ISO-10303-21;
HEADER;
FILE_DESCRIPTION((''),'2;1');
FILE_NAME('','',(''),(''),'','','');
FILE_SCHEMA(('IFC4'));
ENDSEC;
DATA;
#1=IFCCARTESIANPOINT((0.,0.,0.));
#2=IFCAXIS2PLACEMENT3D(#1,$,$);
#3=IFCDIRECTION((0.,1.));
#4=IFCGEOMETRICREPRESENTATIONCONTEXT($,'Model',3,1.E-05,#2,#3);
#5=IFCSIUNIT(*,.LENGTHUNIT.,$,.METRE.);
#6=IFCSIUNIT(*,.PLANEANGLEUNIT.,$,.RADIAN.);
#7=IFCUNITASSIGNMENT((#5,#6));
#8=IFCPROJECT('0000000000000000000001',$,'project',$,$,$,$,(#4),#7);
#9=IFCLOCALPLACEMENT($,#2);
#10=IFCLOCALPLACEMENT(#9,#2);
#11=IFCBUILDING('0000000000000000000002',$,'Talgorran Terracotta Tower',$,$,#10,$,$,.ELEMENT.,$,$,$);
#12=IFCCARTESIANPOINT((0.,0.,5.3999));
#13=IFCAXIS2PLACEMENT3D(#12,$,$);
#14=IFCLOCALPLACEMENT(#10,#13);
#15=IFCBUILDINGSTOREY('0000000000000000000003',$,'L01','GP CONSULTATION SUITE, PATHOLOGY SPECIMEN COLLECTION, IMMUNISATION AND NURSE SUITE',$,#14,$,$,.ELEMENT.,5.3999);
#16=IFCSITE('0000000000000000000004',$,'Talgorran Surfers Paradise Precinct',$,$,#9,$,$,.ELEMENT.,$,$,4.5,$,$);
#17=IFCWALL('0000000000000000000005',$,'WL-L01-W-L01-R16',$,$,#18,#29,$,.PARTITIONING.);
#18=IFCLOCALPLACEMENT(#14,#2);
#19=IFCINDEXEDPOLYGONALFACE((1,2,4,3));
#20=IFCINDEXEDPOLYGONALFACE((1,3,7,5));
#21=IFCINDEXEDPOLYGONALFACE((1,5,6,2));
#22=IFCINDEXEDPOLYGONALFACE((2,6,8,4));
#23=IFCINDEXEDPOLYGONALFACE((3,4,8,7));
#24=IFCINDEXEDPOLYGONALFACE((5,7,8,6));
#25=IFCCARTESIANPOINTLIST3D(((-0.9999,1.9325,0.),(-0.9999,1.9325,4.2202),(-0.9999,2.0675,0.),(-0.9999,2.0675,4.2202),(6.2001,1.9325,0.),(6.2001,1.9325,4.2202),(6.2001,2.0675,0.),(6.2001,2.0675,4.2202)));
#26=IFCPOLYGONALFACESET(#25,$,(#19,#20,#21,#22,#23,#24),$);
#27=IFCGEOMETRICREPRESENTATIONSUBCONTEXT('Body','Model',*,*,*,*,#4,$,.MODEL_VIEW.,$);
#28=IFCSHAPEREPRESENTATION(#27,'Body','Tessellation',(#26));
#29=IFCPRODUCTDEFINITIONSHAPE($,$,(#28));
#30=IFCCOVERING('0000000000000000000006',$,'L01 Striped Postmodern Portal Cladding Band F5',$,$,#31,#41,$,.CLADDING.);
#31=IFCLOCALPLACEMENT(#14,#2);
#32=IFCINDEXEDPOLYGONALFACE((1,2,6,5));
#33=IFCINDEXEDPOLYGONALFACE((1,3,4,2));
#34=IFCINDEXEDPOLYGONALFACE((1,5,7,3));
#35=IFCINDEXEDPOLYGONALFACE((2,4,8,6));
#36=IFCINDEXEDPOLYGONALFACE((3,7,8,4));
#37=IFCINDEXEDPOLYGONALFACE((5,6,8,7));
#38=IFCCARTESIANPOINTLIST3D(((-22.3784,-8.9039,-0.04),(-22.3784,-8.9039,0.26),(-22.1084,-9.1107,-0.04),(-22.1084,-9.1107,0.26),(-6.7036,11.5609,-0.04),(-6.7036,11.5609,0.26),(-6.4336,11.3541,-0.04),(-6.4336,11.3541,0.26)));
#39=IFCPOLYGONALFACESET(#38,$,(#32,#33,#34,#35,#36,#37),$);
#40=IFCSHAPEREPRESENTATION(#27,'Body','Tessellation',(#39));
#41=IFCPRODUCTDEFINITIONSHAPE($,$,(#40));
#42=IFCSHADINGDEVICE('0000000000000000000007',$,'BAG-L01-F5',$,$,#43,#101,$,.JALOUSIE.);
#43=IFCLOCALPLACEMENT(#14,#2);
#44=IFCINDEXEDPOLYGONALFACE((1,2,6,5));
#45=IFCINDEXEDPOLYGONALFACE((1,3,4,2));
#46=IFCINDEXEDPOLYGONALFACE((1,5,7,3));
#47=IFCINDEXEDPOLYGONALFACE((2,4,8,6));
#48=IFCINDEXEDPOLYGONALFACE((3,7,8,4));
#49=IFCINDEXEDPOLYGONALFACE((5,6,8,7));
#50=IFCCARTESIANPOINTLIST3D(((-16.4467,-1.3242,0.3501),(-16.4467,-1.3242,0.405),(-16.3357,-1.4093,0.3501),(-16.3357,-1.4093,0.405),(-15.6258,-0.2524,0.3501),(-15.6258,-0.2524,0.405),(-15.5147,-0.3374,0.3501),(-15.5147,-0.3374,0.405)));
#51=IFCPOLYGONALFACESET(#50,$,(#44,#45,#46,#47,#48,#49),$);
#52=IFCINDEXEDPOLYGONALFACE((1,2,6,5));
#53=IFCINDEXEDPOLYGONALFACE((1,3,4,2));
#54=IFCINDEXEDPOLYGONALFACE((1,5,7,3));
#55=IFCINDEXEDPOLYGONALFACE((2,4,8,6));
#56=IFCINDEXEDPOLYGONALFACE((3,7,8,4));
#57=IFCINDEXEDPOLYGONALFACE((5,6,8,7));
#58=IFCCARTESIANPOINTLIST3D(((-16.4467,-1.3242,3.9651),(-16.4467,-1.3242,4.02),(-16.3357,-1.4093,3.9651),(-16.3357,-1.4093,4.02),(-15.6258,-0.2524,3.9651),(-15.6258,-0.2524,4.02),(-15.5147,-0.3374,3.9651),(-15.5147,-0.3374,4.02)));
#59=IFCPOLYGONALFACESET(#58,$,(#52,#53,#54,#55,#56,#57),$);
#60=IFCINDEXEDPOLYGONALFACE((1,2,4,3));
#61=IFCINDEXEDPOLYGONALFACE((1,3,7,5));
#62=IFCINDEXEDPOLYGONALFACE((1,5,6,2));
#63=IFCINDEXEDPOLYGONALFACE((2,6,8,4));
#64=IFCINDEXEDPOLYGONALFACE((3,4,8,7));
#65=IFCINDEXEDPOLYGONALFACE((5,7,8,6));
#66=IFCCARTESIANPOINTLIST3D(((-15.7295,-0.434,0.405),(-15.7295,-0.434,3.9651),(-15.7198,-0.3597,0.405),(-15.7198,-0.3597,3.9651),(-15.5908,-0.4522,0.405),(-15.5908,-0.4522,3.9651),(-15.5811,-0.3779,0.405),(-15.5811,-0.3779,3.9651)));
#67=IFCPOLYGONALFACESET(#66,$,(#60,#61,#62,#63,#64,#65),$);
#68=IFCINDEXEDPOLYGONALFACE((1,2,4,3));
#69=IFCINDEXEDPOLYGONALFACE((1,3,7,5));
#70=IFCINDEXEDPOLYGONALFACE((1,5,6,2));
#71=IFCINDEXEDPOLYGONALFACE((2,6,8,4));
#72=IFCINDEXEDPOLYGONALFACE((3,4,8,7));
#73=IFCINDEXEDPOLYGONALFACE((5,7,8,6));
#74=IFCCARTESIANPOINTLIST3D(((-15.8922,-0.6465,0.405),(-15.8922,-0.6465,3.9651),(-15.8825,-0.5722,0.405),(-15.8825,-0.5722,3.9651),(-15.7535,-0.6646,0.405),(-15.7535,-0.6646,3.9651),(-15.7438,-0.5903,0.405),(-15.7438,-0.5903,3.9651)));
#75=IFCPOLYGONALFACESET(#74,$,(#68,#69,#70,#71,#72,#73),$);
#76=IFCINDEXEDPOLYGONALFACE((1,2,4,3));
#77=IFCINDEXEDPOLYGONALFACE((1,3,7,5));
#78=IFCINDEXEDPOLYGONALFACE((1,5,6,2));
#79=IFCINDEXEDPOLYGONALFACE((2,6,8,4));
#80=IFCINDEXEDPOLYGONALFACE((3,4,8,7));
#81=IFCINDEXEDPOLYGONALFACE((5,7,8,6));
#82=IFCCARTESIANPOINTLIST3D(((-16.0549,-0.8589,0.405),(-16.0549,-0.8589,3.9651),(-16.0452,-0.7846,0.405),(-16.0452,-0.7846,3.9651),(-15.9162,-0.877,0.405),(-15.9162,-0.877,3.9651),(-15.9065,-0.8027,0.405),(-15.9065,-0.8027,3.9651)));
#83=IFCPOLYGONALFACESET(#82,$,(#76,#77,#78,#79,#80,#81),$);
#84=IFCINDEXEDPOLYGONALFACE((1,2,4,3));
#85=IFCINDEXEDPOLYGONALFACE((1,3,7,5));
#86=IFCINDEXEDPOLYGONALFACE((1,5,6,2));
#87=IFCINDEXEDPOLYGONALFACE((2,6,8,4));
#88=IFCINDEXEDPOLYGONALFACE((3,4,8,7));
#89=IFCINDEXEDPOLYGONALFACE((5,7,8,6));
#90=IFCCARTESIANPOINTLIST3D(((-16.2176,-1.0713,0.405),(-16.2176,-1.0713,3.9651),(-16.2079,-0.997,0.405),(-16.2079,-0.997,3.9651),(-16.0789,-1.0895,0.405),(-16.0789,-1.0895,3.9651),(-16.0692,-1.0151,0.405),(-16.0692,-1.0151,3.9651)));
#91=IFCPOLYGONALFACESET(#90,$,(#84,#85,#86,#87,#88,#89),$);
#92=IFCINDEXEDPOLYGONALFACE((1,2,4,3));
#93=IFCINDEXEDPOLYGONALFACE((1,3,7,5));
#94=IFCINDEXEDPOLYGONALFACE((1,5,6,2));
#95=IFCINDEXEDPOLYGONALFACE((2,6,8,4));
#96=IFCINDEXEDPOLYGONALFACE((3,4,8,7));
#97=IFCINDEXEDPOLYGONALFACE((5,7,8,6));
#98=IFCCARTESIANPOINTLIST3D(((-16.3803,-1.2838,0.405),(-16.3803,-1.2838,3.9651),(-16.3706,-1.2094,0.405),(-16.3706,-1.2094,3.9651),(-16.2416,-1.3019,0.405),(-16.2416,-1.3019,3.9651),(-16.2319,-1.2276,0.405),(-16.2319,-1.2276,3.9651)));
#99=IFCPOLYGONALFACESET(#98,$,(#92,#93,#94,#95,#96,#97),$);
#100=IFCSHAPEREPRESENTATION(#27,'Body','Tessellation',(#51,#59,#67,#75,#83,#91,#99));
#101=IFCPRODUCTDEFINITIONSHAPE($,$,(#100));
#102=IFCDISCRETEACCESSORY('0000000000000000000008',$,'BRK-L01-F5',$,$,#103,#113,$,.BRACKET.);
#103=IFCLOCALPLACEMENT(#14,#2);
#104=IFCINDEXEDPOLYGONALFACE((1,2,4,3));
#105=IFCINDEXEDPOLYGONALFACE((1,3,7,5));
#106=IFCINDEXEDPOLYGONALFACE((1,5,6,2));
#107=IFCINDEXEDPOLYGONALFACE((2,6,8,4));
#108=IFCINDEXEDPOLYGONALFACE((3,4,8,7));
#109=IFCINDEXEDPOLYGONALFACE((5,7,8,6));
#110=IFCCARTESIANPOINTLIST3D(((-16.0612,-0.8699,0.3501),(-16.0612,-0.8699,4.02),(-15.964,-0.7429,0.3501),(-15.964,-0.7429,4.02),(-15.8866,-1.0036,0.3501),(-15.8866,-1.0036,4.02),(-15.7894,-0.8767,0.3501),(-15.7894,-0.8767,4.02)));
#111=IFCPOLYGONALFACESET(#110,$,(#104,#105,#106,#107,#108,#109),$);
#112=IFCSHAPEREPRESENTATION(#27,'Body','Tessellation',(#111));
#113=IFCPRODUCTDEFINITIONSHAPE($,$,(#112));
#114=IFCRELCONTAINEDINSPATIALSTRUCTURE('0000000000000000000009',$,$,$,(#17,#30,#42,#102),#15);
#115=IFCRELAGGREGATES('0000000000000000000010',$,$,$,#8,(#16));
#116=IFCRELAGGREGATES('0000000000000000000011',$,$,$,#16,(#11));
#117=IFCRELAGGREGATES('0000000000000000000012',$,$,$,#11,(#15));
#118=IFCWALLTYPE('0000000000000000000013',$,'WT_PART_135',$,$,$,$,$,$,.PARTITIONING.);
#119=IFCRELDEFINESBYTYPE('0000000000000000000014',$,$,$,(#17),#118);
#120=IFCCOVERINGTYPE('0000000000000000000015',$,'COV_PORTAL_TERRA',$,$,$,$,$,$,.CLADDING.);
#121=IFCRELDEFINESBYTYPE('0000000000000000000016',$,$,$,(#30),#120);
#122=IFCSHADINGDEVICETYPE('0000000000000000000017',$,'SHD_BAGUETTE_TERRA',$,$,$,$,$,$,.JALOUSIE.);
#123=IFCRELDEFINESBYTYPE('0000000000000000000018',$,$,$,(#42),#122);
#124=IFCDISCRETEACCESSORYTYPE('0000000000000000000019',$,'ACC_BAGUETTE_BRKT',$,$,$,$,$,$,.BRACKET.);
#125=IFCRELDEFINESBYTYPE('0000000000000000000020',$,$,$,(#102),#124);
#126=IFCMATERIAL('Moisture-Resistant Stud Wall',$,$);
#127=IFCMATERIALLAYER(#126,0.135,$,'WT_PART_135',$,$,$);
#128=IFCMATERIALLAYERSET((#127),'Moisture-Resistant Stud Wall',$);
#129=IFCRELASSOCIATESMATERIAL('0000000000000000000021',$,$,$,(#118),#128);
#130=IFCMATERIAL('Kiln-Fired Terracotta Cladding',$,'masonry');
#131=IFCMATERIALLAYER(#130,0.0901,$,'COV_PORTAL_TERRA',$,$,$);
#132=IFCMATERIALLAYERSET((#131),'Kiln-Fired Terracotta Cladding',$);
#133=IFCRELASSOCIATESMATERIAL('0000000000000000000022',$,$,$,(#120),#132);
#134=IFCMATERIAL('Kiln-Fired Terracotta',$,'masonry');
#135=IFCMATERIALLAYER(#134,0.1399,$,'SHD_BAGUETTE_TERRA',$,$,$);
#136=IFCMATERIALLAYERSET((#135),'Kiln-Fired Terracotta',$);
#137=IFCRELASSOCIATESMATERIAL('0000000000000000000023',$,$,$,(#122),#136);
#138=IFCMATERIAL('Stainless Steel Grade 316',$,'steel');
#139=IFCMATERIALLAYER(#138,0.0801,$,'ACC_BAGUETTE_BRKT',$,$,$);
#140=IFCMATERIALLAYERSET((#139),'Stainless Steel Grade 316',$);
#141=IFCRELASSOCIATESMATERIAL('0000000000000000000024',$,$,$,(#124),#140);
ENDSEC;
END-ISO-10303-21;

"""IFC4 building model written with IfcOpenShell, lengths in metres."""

from ifc_helpers import new_model, si_unit, direction, frame, frame_2d, origin, origin_2d, place, context, subcontext, project, spatial, rectangle, extrude, source, transform, mapped, material, layer, layer_set, type_object, type_shapes, element, save


model = new_model("IFC4")

# Units and contexts
model_context = context("Model", 3, precision=1e-05, world=origin(), true_north=direction((0.0, 1.0)))
body_context = subcontext(model_context, "Body", "Model", "MODEL_VIEW")
ifc_project = project(units=[si_unit("LENGTHUNIT", "METRE"), si_unit("PLANEANGLEUNIT", "RADIAN")], contexts=[model_context])

# Site, building, storey
site_placement = place(None, origin())
site = spatial("IfcSite", under=ifc_project, at=site_placement, Name="Talgorran Surfers Paradise Precinct", CompositionType="ELEMENT", RefElevation=4.5)
building_placement = place(site_placement, origin())
building = spatial("IfcBuilding", under=site, at=building_placement, Name="Talgorran Terracotta Tower", CompositionType="ELEMENT")
storey_placement = place(building_placement, frame((0.0, 0.0, 5.3999)))
storey = spatial("IfcBuildingStorey", under=building, at=storey_placement, Name="L01", Description="GP CONSULTATION SUITE, PATHOLOGY SPECIMEN COLLECTION, IMMUNISATION AND NURSE SUITE", CompositionType="ELEMENT", Elevation=5.3999)

# Wall
ifc_material_1 = material(Name="Moisture-Resistant Stud Wall")
ifc_layer_1 = layer(ifc_material_1, 0.135, Name="WT_PART_135")
ifc_layer_set_1 = layer_set([ifc_layer_1], Name="Moisture-Resistant Stud Wall")
wall_type_1 = type_object("IfcWallType", Name="WT_PART_135", PredefinedType="PARTITIONING", material=ifc_layer_set_1)
wall_1_placement = place(storey_placement, frame((-1.0, 2.0, 0.0), z_axis=(0.0, 0.0, 1.0), x_axis=(1.0, 0.0, 0.0)))
element("IfcWall", 1, at=wall_1_placement, inside=storey, type_object=wall_type_1, Name="WL-L01-W-L01-R16", PredefinedType="PARTITIONING", context=body_context, shape_type="SweptSolid", body=[
    extrude(rectangle(XDim=7.2, YDim=0.135, at=frame_2d((3.6001, 0.0))), origin(), (0.0, 0.0, 1.0), 4.2202),
])

# Covering
ifc_material_2 = material(Name="Kiln-Fired Terracotta Cladding", Category="masonry")
ifc_layer_2 = layer(ifc_material_2, 0.0901, Name="COV_PORTAL_TERRA")
ifc_layer_set_2 = layer_set([ifc_layer_2], Name="Kiln-Fired Terracotta Cladding")
covering_type = type_object("IfcCoveringType", Name="COV_PORTAL_TERRA", PredefinedType="CLADDING", material=ifc_layer_set_2)
covering_placement = place(storey_placement, frame((-14.406, 1.2251, -0.04), z_axis=(0.0, 0.0, 1.0), x_axis=(-0.608069, -0.793884, 0.0)))
element("IfcCovering", 2, at=covering_placement, inside=storey, type_object=covering_type, Name="L01 Striped Postmodern Portal Cladding Band F5", PredefinedType="CLADDING", context=body_context, shape_type="SweptSolid", body=[
    extrude(rectangle(XDim=25.7781, YDim=0.3401, at=origin_2d()), origin(), (0.0, 0.0, 1.0), 0.3),
])

# Shading device
ifc_material_3 = material(Name="Kiln-Fired Terracotta", Category="masonry")
ifc_layer_3 = layer(ifc_material_3, 0.1399, Name="SHD_BAGUETTE_TERRA")
ifc_layer_set_3 = layer_set([ifc_layer_3], Name="Kiln-Fired Terracotta")
shading_device_type = type_object("IfcShadingDeviceType", Name="SHD_BAGUETTE_TERRA", PredefinedType="JALOUSIE", material=ifc_layer_set_3)
shared_shape_1 = source(origin(), body_context, "Body", "SweptSolid", [
    extrude(rectangle(XDim=1.3501, YDim=0.1399, at=origin_2d()), origin(), (0.0, 0.0, 1.0), 0.0549),
    extrude(rectangle(XDim=1.3501, YDim=0.1399, at=origin_2d()), frame((0.0, 0.0, 3.615)), (0.0, 0.0, 1.0), 0.0549),
    extrude(rectangle(XDim=0.075, YDim=0.1399, at=origin_2d()), frame((-0.5352, 0.0, 0.0549), z_axis=(0.0, 0.0, 1.0), x_axis=(0.866025, 0.5, 0.0)), (0.0, 0.0, 1.0), 3.5601),
    extrude(rectangle(XDim=0.075, YDim=0.1399, at=origin_2d()), frame((-0.2676, 0.0, 0.0549), z_axis=(0.0, 0.0, 1.0), x_axis=(0.866025, 0.5, 0.0)), (0.0, 0.0, 1.0), 3.5601),
    extrude(rectangle(XDim=0.075, YDim=0.1399, at=origin_2d()), frame((0.0, 0.0, 0.0549), z_axis=(0.0, 0.0, 1.0), x_axis=(0.866025, 0.5, 0.0)), (0.0, 0.0, 1.0), 3.5601),
    extrude(rectangle(XDim=0.075, YDim=0.1399, at=origin_2d()), frame((0.2676, 0.0, 0.0549), z_axis=(0.0, 0.0, 1.0), x_axis=(0.866025, 0.5, 0.0)), (0.0, 0.0, 1.0), 3.5601),
    extrude(rectangle(XDim=0.075, YDim=0.1399, at=origin_2d()), frame((0.5352, 0.0, 0.0549), z_axis=(0.0, 0.0, 1.0), x_axis=(0.866025, 0.5, 0.0)), (0.0, 0.0, 1.0), 3.5601),
])
type_shapes(shading_device_type, [shared_shape_1])
shading_device_placement = place(storey_placement, frame((-15.9807, -0.8308, 0.3501), z_axis=(0.0, 0.0, 1.0), x_axis=(-0.608069, -0.793884, 0.0)))
element("IfcShadingDevice", 3, at=shading_device_placement, inside=storey, type_object=shading_device_type, Name="BAG-L01-F5", PredefinedType="JALOUSIE", context=body_context, shape_type="MappedRepresentation", body=[
    mapped(shared_shape_1, transform((0.0, 0.0, 0.0), scale=1.0)),
])

# Discrete accessory
ifc_material_4 = material(Name="Stainless Steel Grade 316", Category="steel")
ifc_layer_4 = layer(ifc_material_4, 0.0801, Name="ACC_BAGUETTE_BRKT")
ifc_layer_set_4 = layer_set([ifc_layer_4], Name="Stainless Steel Grade 316")
discrete_accessory_type = type_object("IfcDiscreteAccessoryType", Name="ACC_BAGUETTE_BRKT", PredefinedType="BRACKET", material=ifc_layer_set_4)
shared_shape_2 = source(origin(), body_context, "Body", "SweptSolid", [
    extrude(rectangle(XDim=0.1599, YDim=0.22, at=origin_2d()), origin(), (0.0, 0.0, 1.0), 3.6699),
])
type_shapes(discrete_accessory_type, [shared_shape_2])
discrete_accessory_placement = place(storey_placement, frame((-15.9253, -0.8733, 0.3501), z_axis=(0.0, 0.0, 1.0), x_axis=(-0.608069, -0.793884, 0.0)))
element("IfcDiscreteAccessory", 4, at=discrete_accessory_placement, inside=storey, type_object=discrete_accessory_type, Name="BRK-L01-F5", PredefinedType="BRACKET", context=body_context, shape_type="MappedRepresentation", body=[
    mapped(shared_shape_2, transform((0.0, 0.0, 0.0), scale=1.0)),
])

save(model, "model.ifc")
